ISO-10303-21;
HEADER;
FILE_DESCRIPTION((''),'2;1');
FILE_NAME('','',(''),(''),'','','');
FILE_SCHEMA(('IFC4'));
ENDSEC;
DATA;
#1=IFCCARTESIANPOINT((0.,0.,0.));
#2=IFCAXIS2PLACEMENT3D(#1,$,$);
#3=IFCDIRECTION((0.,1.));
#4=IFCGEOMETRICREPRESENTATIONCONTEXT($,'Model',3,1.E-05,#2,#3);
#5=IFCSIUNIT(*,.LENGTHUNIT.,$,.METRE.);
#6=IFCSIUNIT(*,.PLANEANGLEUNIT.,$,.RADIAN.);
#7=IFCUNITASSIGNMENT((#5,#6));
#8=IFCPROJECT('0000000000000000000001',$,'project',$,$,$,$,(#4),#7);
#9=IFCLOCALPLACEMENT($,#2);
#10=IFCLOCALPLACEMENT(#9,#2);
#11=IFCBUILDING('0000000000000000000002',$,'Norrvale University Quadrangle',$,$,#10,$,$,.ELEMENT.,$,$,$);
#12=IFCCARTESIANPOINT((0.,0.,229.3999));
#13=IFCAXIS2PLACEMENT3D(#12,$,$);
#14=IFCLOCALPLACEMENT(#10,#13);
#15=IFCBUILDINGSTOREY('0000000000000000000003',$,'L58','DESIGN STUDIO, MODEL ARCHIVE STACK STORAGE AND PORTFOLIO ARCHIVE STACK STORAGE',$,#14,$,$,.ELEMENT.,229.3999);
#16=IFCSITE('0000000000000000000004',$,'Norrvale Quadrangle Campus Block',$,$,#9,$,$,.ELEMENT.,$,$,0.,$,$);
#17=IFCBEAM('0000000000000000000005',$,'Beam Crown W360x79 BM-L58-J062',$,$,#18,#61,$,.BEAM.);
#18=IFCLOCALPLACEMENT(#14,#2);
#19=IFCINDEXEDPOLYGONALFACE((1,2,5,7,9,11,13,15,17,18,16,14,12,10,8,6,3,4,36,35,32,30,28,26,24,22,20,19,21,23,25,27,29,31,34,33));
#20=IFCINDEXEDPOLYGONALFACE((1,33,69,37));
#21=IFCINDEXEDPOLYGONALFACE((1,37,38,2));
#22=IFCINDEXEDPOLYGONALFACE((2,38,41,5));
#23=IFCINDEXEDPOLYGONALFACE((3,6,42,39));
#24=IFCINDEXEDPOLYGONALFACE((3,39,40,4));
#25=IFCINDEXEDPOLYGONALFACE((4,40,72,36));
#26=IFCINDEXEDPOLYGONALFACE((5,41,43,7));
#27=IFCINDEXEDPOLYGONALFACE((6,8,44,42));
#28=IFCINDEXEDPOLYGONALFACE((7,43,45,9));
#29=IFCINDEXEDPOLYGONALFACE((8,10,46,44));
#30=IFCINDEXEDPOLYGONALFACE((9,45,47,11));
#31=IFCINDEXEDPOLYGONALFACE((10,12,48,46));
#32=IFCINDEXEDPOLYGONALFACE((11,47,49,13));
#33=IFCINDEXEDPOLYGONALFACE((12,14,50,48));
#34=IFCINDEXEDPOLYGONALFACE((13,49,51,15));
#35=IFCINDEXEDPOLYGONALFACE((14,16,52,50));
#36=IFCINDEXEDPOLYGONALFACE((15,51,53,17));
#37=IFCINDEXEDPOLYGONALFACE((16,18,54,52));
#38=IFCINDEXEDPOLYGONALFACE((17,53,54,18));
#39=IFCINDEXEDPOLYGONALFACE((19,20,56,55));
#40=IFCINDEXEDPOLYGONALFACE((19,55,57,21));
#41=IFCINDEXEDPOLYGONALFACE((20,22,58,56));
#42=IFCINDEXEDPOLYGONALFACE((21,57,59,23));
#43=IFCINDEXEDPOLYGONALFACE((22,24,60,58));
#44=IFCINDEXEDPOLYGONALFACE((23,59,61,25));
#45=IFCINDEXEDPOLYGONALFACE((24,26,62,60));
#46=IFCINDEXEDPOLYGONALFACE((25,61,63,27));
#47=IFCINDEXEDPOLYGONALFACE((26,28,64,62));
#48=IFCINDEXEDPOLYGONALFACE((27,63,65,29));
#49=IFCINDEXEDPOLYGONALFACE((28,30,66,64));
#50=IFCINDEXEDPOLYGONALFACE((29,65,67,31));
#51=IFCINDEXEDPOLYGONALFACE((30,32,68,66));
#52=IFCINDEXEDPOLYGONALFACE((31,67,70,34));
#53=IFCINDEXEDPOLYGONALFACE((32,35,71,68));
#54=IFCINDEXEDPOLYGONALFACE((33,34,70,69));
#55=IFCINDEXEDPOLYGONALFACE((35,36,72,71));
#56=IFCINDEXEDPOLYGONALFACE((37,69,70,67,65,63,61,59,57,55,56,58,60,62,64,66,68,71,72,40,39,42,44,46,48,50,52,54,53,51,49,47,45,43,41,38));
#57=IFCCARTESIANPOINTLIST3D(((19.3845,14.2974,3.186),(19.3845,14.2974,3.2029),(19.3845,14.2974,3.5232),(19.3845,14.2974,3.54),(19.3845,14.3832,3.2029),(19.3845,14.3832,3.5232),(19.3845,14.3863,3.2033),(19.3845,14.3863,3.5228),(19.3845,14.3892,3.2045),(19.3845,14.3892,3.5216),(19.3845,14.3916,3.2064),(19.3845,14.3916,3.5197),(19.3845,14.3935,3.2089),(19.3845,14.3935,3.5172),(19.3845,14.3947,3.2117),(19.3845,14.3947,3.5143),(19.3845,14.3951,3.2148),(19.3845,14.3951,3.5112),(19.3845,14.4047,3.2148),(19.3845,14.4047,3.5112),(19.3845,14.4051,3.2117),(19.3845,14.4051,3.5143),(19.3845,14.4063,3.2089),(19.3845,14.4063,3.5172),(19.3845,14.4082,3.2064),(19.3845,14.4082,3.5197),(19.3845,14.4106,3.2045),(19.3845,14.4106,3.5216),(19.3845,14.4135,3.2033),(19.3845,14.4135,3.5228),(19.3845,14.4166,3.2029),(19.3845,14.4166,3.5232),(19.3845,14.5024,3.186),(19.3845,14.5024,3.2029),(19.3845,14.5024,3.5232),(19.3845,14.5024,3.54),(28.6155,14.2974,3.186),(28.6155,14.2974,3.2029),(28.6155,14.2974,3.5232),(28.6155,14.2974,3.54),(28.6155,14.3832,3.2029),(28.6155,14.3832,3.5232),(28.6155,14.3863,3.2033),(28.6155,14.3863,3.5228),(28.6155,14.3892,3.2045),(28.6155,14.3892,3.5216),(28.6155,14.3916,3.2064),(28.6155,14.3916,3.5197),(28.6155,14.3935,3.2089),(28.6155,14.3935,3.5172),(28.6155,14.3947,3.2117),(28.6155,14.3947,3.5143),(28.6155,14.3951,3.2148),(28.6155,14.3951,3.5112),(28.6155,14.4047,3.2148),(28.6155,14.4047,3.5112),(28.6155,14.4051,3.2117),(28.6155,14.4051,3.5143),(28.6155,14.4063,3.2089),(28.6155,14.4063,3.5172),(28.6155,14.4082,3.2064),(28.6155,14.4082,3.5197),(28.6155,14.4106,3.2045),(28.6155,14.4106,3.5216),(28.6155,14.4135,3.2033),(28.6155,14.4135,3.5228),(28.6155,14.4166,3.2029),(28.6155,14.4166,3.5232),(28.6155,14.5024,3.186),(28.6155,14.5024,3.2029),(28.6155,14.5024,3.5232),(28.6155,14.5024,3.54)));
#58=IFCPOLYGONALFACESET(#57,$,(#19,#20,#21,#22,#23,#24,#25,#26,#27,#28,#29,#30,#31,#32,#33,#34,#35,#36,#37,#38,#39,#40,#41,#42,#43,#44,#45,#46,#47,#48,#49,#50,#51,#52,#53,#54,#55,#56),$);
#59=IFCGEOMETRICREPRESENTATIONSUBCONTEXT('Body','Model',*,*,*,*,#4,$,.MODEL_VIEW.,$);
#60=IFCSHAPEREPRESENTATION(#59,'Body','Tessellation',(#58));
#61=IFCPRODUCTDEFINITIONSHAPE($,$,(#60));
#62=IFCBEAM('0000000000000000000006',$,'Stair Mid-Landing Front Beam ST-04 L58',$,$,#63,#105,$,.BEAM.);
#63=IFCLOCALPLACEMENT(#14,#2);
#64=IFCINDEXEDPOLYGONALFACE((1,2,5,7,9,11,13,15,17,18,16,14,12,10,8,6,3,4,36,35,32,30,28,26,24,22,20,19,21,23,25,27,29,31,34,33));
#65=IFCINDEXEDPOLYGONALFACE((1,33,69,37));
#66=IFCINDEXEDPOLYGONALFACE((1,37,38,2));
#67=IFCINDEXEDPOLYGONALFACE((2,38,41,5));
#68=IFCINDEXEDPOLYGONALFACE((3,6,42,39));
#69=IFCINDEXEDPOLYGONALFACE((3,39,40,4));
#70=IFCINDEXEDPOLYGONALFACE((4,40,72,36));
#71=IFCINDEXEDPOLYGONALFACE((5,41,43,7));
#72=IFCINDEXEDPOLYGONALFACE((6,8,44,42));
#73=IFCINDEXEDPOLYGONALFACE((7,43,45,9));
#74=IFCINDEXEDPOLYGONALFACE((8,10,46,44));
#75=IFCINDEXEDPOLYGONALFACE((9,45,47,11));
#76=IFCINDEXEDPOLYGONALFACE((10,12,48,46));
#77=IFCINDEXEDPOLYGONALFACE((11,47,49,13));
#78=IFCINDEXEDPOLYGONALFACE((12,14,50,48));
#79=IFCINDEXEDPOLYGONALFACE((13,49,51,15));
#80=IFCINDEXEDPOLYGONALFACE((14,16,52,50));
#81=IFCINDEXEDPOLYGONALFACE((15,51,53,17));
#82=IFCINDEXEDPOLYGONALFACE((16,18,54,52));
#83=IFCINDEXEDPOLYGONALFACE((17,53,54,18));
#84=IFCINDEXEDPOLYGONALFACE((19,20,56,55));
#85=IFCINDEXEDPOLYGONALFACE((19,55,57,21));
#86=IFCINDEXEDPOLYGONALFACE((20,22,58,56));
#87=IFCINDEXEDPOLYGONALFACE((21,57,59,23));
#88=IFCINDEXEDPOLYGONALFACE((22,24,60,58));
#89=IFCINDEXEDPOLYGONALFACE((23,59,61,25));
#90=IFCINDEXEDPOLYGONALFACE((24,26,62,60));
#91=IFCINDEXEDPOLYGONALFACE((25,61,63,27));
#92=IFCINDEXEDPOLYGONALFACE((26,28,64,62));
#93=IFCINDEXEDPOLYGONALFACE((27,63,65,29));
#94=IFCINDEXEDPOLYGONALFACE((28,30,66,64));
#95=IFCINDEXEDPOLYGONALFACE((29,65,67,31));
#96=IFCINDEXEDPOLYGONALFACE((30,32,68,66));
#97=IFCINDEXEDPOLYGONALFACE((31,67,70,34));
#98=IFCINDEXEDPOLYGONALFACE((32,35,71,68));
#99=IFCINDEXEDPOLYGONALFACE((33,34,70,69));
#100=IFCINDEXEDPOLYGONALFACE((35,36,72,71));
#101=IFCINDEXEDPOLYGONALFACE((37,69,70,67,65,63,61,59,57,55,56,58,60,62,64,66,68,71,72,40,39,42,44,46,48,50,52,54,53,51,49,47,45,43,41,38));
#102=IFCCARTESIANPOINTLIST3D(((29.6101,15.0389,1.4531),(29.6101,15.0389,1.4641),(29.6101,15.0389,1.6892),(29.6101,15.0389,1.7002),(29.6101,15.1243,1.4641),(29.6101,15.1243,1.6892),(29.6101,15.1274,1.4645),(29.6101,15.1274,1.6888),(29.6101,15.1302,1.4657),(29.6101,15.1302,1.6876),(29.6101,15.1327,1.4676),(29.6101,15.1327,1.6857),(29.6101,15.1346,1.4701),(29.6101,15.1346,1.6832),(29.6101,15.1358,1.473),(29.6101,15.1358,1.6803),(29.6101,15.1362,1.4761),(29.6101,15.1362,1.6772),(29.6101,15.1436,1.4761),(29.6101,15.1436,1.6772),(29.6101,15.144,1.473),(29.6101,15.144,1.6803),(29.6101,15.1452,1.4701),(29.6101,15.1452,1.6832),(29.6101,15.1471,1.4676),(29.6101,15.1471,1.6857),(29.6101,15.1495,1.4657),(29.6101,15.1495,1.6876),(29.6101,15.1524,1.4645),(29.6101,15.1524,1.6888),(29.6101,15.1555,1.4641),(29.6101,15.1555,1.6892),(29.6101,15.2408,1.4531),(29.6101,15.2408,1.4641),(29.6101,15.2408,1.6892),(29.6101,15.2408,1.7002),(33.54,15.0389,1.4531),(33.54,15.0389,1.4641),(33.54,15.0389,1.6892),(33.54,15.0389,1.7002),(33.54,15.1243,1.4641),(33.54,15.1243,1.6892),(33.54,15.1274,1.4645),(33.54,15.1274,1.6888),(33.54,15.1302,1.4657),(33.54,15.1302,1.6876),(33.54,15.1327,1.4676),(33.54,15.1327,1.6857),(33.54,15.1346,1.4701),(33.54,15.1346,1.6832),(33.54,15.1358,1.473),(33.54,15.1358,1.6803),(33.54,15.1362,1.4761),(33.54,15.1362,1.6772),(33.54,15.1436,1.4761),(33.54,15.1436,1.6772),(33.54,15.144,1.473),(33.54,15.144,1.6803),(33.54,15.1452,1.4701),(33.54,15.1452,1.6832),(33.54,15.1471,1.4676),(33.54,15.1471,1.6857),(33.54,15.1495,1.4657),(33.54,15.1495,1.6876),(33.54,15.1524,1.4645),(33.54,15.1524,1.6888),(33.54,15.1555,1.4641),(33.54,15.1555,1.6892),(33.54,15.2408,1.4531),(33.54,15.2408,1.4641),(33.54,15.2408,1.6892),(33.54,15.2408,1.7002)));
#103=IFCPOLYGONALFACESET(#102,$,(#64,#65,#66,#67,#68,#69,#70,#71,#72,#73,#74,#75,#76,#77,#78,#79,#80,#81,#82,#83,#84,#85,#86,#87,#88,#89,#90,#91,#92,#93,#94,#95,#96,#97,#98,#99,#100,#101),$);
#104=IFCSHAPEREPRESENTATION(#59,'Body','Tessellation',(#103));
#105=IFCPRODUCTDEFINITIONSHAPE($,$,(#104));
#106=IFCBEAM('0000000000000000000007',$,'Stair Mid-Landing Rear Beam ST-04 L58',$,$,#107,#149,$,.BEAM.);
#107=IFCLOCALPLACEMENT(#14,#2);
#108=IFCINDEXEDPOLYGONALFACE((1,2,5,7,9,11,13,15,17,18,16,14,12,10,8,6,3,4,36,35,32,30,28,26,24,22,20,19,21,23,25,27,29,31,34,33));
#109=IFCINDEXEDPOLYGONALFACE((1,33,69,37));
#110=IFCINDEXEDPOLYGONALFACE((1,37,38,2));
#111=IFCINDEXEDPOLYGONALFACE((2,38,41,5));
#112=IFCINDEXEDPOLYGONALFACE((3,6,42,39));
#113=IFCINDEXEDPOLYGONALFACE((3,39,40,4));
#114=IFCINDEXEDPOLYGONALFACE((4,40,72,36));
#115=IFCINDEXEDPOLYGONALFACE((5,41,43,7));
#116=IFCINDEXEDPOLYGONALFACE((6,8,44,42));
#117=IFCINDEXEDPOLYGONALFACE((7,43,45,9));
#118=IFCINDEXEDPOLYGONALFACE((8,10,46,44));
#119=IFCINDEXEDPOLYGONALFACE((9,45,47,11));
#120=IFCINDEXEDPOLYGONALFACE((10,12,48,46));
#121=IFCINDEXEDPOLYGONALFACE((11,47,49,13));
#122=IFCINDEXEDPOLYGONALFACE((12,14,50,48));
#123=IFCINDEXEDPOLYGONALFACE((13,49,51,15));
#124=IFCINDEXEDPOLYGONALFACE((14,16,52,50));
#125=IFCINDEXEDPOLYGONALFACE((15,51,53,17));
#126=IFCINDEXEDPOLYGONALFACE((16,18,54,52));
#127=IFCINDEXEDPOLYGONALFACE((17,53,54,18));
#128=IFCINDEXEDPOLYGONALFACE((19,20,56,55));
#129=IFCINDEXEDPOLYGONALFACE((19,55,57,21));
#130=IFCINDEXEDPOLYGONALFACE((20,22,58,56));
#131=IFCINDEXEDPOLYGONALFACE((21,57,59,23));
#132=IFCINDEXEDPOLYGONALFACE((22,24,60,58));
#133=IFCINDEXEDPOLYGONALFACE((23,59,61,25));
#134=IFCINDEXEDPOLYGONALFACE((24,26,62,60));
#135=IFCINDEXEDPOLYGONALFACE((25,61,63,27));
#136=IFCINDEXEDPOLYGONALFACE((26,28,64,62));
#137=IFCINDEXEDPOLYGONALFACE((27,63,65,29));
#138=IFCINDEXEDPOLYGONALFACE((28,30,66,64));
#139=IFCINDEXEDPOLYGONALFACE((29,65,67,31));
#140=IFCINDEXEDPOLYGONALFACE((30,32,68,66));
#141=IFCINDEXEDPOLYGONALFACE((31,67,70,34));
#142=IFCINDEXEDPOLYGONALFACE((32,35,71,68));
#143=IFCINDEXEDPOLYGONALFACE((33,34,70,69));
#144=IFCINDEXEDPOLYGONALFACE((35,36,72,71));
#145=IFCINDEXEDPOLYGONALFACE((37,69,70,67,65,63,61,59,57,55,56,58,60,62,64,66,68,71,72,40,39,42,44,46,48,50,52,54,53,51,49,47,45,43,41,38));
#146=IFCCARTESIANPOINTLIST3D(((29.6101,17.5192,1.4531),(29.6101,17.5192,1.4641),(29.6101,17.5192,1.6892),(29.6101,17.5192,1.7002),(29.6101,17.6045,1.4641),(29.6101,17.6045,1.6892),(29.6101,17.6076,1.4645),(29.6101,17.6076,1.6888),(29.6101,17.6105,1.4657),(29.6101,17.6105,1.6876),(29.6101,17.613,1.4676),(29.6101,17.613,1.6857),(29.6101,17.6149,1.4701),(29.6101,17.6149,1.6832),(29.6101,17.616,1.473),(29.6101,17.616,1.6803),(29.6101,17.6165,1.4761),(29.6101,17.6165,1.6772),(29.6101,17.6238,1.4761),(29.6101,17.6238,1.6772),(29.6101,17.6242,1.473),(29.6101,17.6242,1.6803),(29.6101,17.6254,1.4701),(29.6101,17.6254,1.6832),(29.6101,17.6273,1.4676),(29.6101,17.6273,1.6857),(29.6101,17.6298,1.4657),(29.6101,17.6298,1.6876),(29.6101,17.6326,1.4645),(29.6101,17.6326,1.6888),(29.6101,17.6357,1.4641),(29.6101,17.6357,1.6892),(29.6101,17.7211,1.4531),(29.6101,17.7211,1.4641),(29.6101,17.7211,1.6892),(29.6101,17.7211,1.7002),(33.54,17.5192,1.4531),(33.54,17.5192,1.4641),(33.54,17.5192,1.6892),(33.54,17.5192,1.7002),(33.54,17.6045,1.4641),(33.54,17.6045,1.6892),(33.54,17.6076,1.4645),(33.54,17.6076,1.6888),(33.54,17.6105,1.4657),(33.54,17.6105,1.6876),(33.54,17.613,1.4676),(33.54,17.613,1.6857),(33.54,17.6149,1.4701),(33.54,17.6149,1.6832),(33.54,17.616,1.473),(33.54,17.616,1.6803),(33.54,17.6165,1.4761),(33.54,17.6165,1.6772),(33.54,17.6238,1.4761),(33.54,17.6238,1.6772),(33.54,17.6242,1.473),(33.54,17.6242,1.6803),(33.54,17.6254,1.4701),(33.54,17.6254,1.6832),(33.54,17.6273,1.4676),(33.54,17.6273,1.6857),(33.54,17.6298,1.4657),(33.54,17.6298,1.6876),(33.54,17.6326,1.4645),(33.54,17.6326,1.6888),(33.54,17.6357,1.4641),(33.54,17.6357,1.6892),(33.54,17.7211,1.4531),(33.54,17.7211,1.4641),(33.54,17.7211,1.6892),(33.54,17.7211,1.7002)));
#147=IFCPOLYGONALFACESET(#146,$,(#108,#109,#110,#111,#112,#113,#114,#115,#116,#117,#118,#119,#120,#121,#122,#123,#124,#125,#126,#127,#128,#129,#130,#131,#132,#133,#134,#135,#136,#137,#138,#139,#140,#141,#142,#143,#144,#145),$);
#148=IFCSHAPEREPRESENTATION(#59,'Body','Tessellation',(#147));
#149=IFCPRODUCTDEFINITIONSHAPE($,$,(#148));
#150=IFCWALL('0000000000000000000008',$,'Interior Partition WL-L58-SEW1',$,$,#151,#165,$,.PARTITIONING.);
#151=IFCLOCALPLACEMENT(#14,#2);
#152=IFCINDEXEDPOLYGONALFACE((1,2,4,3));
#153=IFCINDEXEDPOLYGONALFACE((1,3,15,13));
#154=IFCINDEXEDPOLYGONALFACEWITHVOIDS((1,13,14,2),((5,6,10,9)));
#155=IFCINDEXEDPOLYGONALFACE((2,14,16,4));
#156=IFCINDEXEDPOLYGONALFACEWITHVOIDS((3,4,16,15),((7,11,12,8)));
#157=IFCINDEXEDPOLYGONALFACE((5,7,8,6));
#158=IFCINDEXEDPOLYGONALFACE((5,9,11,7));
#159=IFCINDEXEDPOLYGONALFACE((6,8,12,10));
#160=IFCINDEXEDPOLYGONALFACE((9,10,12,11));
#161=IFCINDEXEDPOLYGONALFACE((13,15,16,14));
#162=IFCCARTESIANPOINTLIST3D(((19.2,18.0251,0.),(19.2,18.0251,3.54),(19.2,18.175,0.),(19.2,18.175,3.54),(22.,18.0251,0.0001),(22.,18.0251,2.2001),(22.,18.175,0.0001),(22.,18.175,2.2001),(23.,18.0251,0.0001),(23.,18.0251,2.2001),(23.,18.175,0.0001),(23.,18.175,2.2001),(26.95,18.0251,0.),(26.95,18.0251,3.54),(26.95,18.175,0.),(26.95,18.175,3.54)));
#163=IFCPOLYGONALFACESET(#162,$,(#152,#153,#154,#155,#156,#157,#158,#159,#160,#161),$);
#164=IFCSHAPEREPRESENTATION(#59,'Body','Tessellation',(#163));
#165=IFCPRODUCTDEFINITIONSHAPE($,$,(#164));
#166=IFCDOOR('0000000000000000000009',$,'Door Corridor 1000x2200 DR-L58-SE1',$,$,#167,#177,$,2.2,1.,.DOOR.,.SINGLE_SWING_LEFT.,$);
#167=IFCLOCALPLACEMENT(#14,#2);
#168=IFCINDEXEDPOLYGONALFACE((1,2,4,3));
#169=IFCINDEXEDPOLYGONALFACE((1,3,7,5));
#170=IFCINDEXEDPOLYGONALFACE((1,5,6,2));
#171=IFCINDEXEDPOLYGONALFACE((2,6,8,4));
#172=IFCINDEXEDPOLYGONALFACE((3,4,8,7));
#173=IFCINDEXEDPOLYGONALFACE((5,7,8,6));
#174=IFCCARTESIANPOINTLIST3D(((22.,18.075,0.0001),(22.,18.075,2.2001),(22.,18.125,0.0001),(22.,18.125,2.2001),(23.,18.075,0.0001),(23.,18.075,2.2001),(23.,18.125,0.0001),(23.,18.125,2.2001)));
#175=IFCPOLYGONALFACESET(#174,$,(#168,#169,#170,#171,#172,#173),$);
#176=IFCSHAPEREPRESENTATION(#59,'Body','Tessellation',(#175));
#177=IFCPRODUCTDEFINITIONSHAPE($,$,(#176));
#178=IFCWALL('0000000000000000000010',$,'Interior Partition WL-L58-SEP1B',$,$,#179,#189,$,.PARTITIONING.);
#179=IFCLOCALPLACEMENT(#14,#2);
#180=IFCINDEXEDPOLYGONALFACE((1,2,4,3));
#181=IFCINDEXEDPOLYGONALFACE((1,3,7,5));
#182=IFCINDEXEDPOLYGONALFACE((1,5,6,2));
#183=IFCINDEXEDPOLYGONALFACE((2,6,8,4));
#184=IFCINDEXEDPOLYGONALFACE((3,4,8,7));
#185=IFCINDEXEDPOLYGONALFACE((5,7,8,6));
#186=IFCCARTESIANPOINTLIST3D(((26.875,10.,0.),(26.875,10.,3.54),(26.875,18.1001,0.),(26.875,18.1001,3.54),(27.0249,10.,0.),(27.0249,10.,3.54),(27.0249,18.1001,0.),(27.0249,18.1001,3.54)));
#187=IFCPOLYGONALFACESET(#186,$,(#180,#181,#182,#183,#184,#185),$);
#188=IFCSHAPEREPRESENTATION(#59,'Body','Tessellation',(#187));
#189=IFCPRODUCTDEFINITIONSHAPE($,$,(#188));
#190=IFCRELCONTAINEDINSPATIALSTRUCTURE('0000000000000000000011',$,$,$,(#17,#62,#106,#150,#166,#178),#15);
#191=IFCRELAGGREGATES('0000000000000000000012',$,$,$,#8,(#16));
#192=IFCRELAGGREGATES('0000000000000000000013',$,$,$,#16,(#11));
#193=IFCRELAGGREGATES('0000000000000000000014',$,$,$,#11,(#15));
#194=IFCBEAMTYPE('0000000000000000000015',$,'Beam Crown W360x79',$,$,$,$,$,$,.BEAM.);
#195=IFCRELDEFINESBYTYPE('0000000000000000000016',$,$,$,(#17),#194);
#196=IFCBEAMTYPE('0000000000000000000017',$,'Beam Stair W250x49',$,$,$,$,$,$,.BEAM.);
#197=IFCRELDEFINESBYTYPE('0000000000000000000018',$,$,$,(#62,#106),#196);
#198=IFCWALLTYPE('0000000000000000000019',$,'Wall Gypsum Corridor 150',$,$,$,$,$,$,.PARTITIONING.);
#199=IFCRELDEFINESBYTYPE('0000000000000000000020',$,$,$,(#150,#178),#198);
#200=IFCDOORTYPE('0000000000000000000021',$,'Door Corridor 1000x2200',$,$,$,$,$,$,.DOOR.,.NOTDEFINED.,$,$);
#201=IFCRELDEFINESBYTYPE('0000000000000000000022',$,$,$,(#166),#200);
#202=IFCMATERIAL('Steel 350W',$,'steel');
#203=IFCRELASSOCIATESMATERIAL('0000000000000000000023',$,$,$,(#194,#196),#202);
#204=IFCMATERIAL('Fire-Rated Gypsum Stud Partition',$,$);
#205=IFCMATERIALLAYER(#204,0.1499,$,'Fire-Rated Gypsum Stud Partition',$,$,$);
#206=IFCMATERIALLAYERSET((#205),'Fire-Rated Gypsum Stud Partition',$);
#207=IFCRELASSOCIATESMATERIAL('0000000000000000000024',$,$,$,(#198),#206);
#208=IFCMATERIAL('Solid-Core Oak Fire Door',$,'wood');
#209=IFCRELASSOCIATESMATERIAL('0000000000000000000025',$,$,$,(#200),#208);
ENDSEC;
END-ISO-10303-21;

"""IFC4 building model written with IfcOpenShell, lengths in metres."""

from ifc_helpers import new_model, si_unit, direction, frame, frame_2d, origin, origin_2d, place, context, subcontext, project, spatial, rectangle, i_section, extrude, material, layer, layer_set, material_profile, profile_set, type_object, element, fill, save


model = new_model("IFC4")

# Units and contexts
model_context = context("Model", 3, precision=1e-05, world=origin(), true_north=direction((0.0, 1.0)))
body_context = subcontext(model_context, "Body", "Model", "MODEL_VIEW")
ifc_project = project(units=[si_unit("LENGTHUNIT", "METRE"), si_unit("PLANEANGLEUNIT", "RADIAN")], contexts=[model_context])

# Site, building, storey
site_placement = place(None, origin())
site = spatial("IfcSite", under=ifc_project, at=site_placement, Name="Norrvale Quadrangle Campus Block", CompositionType="ELEMENT", RefElevation=0.0)
building_placement = place(site_placement, origin())
building = spatial("IfcBuilding", under=site, at=building_placement, Name="Norrvale University Quadrangle", CompositionType="ELEMENT")
storey_placement = place(building_placement, frame((0.0, 0.0, 229.3999)))
storey = spatial("IfcBuildingStorey", under=building, at=storey_placement, Name="L58", Description="DESIGN STUDIO, MODEL ARCHIVE STACK STORAGE AND PORTFOLIO ARCHIVE STACK STORAGE", CompositionType="ELEMENT", Elevation=229.3999)

# Beams
ifc_material_1 = material(Name="Steel 350W", Category="steel")
ifc_material_profile_1 = material_profile(ifc_material_1, i_section(OverallWidth=0.2051, OverallDepth=0.354, WebThickness=0.0095, FlangeThickness=0.0168, FilletRadius=0.012, at=origin_2d()), Name="Steel 350W")
ifc_profile_set_1 = profile_set([ifc_material_profile_1], Name="Steel 350W")
beam_type_1 = type_object("IfcBeamType", Name="Beam Crown W360x79", PredefinedType="BEAM", material=ifc_profile_set_1)
beam_1_placement = place(storey_placement, frame((19.3845, 14.3999, 3.363), z_axis=(1.0, 0.0, 0.0), x_axis=(0.0, 1.0, 0.0)))
element("IfcBeam", 1, at=beam_1_placement, inside=storey, type_object=beam_type_1, Name="Beam Crown W360x79 BM-L58-J062", PredefinedType="BEAM", context=body_context, shape_type="SweptSolid", body=[
    extrude(i_section(OverallWidth=0.2051, OverallDepth=0.354, WebThickness=0.0095, FlangeThickness=0.0168, FilletRadius=0.012, at=origin_2d()), origin(), (0.0, 0.0, 1.0), 9.231),
])
ifc_material_profile_2 = material_profile(ifc_material_1, i_section(OverallWidth=0.2019, OverallDepth=0.2471, WebThickness=0.0073, FlangeThickness=0.011, FilletRadius=0.012, at=origin_2d()), Name="Steel 350W")
ifc_profile_set_2 = profile_set([ifc_material_profile_2], Name="Steel 350W")
beam_type_2 = type_object("IfcBeamType", Name="Beam Stair W250x49", PredefinedType="BEAM", material=ifc_profile_set_2)
for number, where, z_axis, x_axis, name in (
    (2, (29.6101, 15.1399, 1.5767), (1.0, 0.0, 0.0), (0.0, 1.0, 0.0), "Stair Mid-Landing Front Beam ST-04 L58"),
    (3, (29.6101, 17.6201, 1.5767), (1.0, 0.0, 0.0), (0.0, 1.0, 0.0), "Stair Mid-Landing Rear Beam ST-04 L58"),
):
    element("IfcBeam", number, at=place(storey_placement, frame(where, z_axis=z_axis, x_axis=x_axis)), inside=storey, type_object=beam_type_2, Name=name, PredefinedType="BEAM", context=body_context, shape_type="SweptSolid", body=[
        extrude(i_section(OverallWidth=0.2019, OverallDepth=0.2471, WebThickness=0.0073, FlangeThickness=0.011, FilletRadius=0.012, at=origin_2d()), origin(), (0.0, 0.0, 1.0), 3.9299),
    ])

# Wall, opening, door
ifc_material_2 = material(Name="Fire-Rated Gypsum Stud Partition")
ifc_layer_1 = layer(ifc_material_2, 0.1499, Name="Fire-Rated Gypsum Stud Partition")
ifc_layer_set_1 = layer_set([ifc_layer_1], Name="Fire-Rated Gypsum Stud Partition")
wall_type_1 = type_object("IfcWallType", Name="Wall Gypsum Corridor 150", PredefinedType="PARTITIONING", material=ifc_layer_set_1)
wall_1_placement = place(storey_placement, frame((19.2, 18.1001, 0.0), z_axis=(0.0, 0.0, 1.0), x_axis=(1.0, 0.0, 0.0)))
wall_1 = element("IfcWall", 4, at=wall_1_placement, inside=storey, type_object=wall_type_1, Name="Interior Partition WL-L58-SEW1", PredefinedType="PARTITIONING", context=body_context, shape_type="SweptSolid", body=[
    extrude(rectangle(XDim=7.75, YDim=0.1499, at=frame_2d((3.875, 0.0))), origin(), (0.0, 0.0, 1.0), 3.54),
])
opening_1_placement = place(wall_1_placement, frame((2.8, 0.0, 0.0)))
opening_1 = element("IfcOpeningElement", 5, at=opening_1_placement, cuts=wall_1, PredefinedType="OPENING", context=body_context, shape_type="SweptSolid", body=[
    extrude(rectangle(XDim=1.0, YDim=2.2, at=frame_2d((0.5, 1.1001))), frame((0.0, 0.0869, 0.0), z_axis=(0.0, -1.0, 0.0), x_axis=(1.0, 0.0, 0.0)), (0.0, 0.0, 1.0), 0.1738),
])
ifc_material_3 = material(Name="Solid-Core Oak Fire Door", Category="wood")
door_type_1 = type_object("IfcDoorType", Name="Door Corridor 1000x2200", OperationType="NOTDEFINED", PredefinedType="DOOR", material=ifc_material_3)
door_1_placement = place(opening_1_placement, origin())
door_1 = element("IfcDoor", 6, at=door_1_placement, inside=storey, type_object=door_type_1, Name="Door Corridor 1000x2200 DR-L58-SE1", OperationType="SINGLE_SWING_LEFT", OverallHeight=2.2, OverallWidth=1.0, PredefinedType="DOOR", context=body_context, shape_type="SweptSolid", body=[
    extrude(rectangle(XDim=1.0, YDim=2.2, at=frame_2d((0.5, 1.1001))), frame((0.0, 0.0249, 0.0), z_axis=(0.0, -1.0, 0.0), x_axis=(1.0, 0.0, 0.0)), (0.0, 0.0, 1.0), 0.05),
])
fill(opening_1, door_1)

# Wall
wall_2_placement = place(storey_placement, frame((26.95, 10.0, 0.0), z_axis=(0.0, 0.0, 1.0), x_axis=(0.0, 1.0, 0.0)))
element("IfcWall", 7, at=wall_2_placement, inside=storey, type_object=wall_type_1, Name="Interior Partition WL-L58-SEP1B", PredefinedType="PARTITIONING", context=body_context, shape_type="SweptSolid", body=[
    extrude(rectangle(XDim=8.1001, YDim=0.1499, at=frame_2d((4.05, 0.0))), origin(), (0.0, 0.0, 1.0), 3.54),
])

save(model, "model.ifc")
